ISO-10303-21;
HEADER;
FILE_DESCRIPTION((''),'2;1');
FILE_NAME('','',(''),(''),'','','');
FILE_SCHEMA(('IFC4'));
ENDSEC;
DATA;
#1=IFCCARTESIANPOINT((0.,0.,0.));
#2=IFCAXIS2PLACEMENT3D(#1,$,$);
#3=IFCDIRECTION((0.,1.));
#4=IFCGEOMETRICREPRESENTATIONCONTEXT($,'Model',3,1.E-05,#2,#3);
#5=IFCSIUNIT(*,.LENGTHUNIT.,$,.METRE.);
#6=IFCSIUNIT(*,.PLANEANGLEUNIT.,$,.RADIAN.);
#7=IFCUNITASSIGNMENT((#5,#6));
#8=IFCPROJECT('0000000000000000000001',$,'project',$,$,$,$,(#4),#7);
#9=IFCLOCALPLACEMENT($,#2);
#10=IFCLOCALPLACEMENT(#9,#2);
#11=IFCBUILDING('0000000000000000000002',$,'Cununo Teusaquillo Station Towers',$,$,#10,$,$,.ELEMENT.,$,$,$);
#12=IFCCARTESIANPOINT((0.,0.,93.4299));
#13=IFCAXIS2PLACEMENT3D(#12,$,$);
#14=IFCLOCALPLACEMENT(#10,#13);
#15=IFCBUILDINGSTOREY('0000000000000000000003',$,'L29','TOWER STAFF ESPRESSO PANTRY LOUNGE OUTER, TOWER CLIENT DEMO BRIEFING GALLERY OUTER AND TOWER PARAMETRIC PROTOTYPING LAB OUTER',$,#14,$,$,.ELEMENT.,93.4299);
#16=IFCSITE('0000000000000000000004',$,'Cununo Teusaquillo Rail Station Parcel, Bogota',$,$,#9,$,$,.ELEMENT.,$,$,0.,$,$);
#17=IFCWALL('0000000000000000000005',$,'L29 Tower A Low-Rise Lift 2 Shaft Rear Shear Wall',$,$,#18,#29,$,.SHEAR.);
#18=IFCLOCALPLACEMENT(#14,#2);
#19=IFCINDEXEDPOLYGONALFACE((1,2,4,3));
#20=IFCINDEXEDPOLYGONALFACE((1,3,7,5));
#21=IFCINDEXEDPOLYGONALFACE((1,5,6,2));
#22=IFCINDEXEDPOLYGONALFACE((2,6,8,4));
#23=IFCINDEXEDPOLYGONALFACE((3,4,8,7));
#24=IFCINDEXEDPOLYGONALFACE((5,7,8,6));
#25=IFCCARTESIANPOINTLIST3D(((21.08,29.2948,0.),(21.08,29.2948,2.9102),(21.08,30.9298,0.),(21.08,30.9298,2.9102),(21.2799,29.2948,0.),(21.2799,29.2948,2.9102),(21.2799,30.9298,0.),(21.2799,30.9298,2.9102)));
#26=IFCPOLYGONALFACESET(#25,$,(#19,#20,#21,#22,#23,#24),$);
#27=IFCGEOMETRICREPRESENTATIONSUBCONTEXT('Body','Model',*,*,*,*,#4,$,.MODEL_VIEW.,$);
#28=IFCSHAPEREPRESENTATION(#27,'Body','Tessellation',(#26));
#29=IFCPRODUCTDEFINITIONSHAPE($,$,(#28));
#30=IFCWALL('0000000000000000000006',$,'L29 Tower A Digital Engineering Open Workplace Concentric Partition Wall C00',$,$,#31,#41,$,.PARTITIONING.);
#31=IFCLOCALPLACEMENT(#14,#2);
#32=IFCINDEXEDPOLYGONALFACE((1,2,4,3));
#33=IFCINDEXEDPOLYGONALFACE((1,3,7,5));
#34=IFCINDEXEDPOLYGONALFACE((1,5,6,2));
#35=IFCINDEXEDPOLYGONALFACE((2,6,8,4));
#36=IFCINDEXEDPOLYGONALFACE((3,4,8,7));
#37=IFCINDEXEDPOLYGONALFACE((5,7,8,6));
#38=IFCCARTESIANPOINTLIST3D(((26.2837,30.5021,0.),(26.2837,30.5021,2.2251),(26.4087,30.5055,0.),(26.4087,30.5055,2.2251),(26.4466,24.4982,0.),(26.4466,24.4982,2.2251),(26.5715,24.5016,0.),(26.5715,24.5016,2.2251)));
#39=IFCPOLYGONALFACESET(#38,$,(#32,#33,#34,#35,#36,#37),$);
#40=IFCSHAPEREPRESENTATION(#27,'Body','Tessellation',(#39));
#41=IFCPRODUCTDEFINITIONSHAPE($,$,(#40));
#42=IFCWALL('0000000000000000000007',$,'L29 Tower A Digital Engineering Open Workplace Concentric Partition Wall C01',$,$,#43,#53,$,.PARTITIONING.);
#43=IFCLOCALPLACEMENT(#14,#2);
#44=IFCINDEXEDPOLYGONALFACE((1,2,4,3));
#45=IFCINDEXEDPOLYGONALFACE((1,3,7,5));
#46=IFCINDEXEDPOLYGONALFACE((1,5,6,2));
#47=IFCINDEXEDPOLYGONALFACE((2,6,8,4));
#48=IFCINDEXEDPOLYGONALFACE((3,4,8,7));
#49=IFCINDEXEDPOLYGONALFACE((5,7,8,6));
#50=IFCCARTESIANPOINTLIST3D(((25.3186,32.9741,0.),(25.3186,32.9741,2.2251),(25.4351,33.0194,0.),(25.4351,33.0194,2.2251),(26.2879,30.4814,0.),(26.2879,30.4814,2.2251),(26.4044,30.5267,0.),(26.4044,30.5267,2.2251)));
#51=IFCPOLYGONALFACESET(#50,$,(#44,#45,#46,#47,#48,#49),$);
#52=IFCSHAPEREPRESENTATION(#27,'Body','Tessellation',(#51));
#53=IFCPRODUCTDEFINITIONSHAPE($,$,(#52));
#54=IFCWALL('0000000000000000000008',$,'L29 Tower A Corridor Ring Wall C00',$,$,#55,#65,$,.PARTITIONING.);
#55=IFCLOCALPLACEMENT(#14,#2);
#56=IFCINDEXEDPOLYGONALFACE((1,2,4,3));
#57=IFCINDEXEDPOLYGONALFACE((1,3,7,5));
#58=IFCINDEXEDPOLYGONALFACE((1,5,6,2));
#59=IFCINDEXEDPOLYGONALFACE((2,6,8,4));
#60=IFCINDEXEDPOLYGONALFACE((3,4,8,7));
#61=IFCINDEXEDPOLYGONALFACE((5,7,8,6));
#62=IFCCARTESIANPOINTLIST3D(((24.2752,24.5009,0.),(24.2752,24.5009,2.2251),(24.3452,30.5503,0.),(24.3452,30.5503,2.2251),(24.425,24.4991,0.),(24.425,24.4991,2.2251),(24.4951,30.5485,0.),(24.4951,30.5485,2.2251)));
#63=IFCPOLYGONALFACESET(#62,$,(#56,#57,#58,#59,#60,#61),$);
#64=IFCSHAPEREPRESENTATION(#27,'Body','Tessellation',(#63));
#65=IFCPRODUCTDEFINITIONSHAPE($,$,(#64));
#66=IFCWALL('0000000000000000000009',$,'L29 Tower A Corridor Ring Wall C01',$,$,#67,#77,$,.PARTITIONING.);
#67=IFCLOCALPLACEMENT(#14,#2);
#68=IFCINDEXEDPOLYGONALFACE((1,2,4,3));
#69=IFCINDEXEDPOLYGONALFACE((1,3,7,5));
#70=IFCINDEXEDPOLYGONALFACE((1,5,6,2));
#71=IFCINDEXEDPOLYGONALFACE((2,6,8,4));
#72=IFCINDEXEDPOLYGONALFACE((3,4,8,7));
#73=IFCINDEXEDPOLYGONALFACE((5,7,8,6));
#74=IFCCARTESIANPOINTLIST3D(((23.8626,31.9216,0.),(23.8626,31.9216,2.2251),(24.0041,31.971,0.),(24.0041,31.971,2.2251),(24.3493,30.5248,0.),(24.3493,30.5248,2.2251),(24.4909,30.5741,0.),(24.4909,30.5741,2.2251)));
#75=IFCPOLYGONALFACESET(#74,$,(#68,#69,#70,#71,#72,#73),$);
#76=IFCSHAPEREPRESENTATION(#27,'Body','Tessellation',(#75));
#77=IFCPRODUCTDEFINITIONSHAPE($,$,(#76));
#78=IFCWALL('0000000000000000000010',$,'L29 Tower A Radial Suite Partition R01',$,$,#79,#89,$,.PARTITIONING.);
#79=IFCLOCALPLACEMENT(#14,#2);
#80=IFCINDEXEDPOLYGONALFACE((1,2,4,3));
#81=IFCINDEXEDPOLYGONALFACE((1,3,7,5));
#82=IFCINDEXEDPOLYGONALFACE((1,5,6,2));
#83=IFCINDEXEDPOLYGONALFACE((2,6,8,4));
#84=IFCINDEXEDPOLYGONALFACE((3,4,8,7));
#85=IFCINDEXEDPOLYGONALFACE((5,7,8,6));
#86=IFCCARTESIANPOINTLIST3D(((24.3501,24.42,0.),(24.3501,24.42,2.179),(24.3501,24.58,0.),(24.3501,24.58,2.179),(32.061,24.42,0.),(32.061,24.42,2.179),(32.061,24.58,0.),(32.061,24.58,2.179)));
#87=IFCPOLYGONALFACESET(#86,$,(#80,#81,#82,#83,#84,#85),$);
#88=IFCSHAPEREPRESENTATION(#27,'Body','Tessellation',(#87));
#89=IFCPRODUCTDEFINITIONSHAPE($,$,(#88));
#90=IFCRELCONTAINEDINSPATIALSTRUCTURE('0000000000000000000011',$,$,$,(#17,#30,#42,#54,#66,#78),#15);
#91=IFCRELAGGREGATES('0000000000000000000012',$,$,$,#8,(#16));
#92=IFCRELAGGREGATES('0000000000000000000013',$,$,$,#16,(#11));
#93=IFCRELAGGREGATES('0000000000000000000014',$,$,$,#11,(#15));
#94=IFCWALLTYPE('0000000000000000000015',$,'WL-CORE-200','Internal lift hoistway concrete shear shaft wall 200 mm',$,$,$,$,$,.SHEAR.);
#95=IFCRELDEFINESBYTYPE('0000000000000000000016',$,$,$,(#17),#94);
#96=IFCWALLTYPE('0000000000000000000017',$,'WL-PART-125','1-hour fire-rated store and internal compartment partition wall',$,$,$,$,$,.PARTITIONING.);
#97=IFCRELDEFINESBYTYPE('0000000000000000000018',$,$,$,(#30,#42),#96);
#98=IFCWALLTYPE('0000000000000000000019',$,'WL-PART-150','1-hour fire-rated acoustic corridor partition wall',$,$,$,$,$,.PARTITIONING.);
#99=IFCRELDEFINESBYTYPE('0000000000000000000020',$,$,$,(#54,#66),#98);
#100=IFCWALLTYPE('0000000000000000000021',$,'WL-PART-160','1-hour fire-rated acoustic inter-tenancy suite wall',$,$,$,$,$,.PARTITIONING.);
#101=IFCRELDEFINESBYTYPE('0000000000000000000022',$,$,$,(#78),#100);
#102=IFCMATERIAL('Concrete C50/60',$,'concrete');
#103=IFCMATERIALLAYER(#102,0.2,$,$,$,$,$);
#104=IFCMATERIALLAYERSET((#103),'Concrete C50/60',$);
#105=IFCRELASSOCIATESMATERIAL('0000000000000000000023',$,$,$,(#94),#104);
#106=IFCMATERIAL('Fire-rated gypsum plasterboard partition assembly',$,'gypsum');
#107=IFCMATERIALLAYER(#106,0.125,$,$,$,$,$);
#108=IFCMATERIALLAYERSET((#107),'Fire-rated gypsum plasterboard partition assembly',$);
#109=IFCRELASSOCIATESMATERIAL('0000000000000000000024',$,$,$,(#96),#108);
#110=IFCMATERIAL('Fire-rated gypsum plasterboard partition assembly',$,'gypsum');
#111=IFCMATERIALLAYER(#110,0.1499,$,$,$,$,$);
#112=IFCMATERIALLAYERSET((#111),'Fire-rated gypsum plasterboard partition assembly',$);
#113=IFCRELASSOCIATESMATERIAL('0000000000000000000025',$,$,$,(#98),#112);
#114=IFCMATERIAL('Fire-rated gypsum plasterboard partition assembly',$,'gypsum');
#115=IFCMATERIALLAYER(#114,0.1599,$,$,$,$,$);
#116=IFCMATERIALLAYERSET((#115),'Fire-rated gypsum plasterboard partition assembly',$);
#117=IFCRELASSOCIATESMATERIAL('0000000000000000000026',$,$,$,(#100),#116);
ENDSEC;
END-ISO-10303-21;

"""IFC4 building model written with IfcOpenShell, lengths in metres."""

from ifc_helpers import new_model, si_unit, direction, frame, frame_2d, origin, place, context, subcontext, project, spatial, rectangle, extrude, material, layer, layer_set, type_object, element, save


model = new_model("IFC4")

# Units and contexts
model_context = context("Model", 3, precision=1e-05, world=origin(), true_north=direction((0.0, 1.0)))
body_context = subcontext(model_context, "Body", "Model", "MODEL_VIEW")
ifc_project = project(units=[si_unit("LENGTHUNIT", "METRE"), si_unit("PLANEANGLEUNIT", "RADIAN")], contexts=[model_context])

# Site, building, storey
site_placement = place(None, origin())
site = spatial("IfcSite", under=ifc_project, at=site_placement, Name="Cununo Teusaquillo Rail Station Parcel, Bogota", CompositionType="ELEMENT", RefElevation=0.0)
building_placement = place(site_placement, origin())
building = spatial("IfcBuilding", under=site, at=building_placement, Name="Cununo Teusaquillo Station Towers", CompositionType="ELEMENT")
storey_placement = place(building_placement, frame((0.0, 0.0, 93.4299)))
storey = spatial("IfcBuildingStorey", under=building, at=storey_placement, Name="L29", Description="TOWER STAFF ESPRESSO PANTRY LOUNGE OUTER, TOWER CLIENT DEMO BRIEFING GALLERY OUTER AND TOWER PARAMETRIC PROTOTYPING LAB OUTER", CompositionType="ELEMENT", Elevation=93.4299)

# Walls
ifc_material_1 = material(Name="Concrete C50/60", Category="concrete")
ifc_layer_1 = layer(ifc_material_1, 0.2)
ifc_layer_set_1 = layer_set([ifc_layer_1], Name="Concrete C50/60")
wall_type_1 = type_object("IfcWallType", Name="WL-CORE-200", Description="Internal lift hoistway concrete shear shaft wall 200 mm", PredefinedType="SHEAR", material=ifc_layer_set_1)
wall_1_placement = place(storey_placement, frame((21.1799, 29.2949, 0.0), z_axis=(0.0, 0.0, 1.0), x_axis=(0.0, 1.0, 0.0)))
element("IfcWall", 1, at=wall_1_placement, inside=storey, type_object=wall_type_1, Name="L29 Tower A Low-Rise Lift 2 Shaft Rear Shear Wall", PredefinedType="SHEAR", context=body_context, shape_type="SweptSolid", body=[
    extrude(rectangle(XDim=1.635, YDim=0.2, at=frame_2d((0.8174, 0.0))), origin(), (0.0, 0.0, 1.0), 2.9102),
])
ifc_material_2 = material(Name="Fire-rated gypsum plasterboard partition assembly", Category="gypsum")
ifc_layer_2 = layer(ifc_material_2, 0.125)
ifc_layer_set_2 = layer_set([ifc_layer_2], Name="Fire-rated gypsum plasterboard partition assembly")
wall_type_2 = type_object("IfcWallType", Name="WL-PART-125", Description="1-hour fire-rated store and internal compartment partition wall", PredefinedType="PARTITIONING", material=ifc_layer_set_2)
wall_2_placement = place(storey_placement, frame((26.509, 24.5, 0.0), z_axis=(0.0, 0.0, 1.0), x_axis=(-0.027113, 0.999632, 0.0)))
element("IfcWall", 2, at=wall_2_placement, inside=storey, type_object=wall_type_2, Name="L29 Tower A Digital Engineering Open Workplace Concentric Partition Wall C00", PredefinedType="PARTITIONING", context=body_context, shape_type="SweptSolid", body=[
    extrude(rectangle(XDim=6.0061, YDim=0.125, at=frame_2d((3.0029, 0.0))), origin(), (0.0, 0.0, 1.0), 2.2251),
])
wall_3_placement = place(storey_placement, frame((26.3462, 30.5039, 0.0), z_axis=(0.0, 0.0, 1.0), x_axis=(-0.362402, 0.932022, 0.0)))
element("IfcWall", 3, at=wall_3_placement, inside=storey, type_object=wall_type_2, Name="L29 Tower A Digital Engineering Open Workplace Concentric Partition Wall C01", PredefinedType="PARTITIONING", context=body_context, shape_type="SweptSolid", body=[
    extrude(rectangle(XDim=2.6746, YDim=0.125, at=frame_2d((1.3374, 0.0))), origin(), (0.0, 0.0, 1.0), 2.2251),
])
ifc_material_3 = material(Name="Fire-rated gypsum plasterboard partition assembly", Category="gypsum")
ifc_layer_3 = layer(ifc_material_3, 0.1499)
ifc_layer_set_3 = layer_set([ifc_layer_3], Name="Fire-rated gypsum plasterboard partition assembly")
wall_type_3 = type_object("IfcWallType", Name="WL-PART-150", Description="1-hour fire-rated acoustic corridor partition wall", PredefinedType="PARTITIONING", material=ifc_layer_set_3)
wall_4_placement = place(storey_placement, frame((24.3501, 24.5, 0.0), z_axis=(0.0, 0.0, 1.0), x_axis=(0.011582, 0.999933, 0.0)))
element("IfcWall", 4, at=wall_4_placement, inside=storey, type_object=wall_type_3, Name="L29 Tower A Corridor Ring Wall C00", PredefinedType="PARTITIONING", context=body_context, shape_type="SweptSolid", body=[
    extrude(rectangle(XDim=6.0498, YDim=0.1499, at=frame_2d((3.0249, 0.0))), origin(), (0.0, 0.0, 1.0), 2.2251),
])
wall_5_placement = place(storey_placement, frame((24.4202, 30.5493, 0.0), z_axis=(0.0, 0.0, 1.0), x_axis=(-0.329071, 0.944305, 0.0)))
element("IfcWall", 5, at=wall_5_placement, inside=storey, type_object=wall_type_3, Name="L29 Tower A Corridor Ring Wall C01", PredefinedType="PARTITIONING", context=body_context, shape_type="SweptSolid", body=[
    extrude(rectangle(XDim=1.4792, YDim=0.1499, at=frame_2d((0.7397, 0.0))), origin(), (0.0, 0.0, 1.0), 2.2251),
])
ifc_material_4 = material(Name="Fire-rated gypsum plasterboard partition assembly", Category="gypsum")
ifc_layer_4 = layer(ifc_material_4, 0.1599)
ifc_layer_set_4 = layer_set([ifc_layer_4], Name="Fire-rated gypsum plasterboard partition assembly")
wall_type_4 = type_object("IfcWallType", Name="WL-PART-160", Description="1-hour fire-rated acoustic inter-tenancy suite wall", PredefinedType="PARTITIONING", material=ifc_layer_set_4)
wall_6_placement = place(storey_placement, frame((24.3501, 24.5, 0.0), z_axis=(0.0, 0.0, 1.0), x_axis=(1.0, 0.0, 0.0)))
element("IfcWall", 6, at=wall_6_placement, inside=storey, type_object=wall_type_4, Name="L29 Tower A Radial Suite Partition R01", PredefinedType="PARTITIONING", context=body_context, shape_type="SweptSolid", body=[
    extrude(rectangle(XDim=7.7109, YDim=0.1599, at=frame_2d((3.8555, 0.0))), origin(), (0.0, 0.0, 1.0), 2.179),
])

save(model, "model.ifc")
